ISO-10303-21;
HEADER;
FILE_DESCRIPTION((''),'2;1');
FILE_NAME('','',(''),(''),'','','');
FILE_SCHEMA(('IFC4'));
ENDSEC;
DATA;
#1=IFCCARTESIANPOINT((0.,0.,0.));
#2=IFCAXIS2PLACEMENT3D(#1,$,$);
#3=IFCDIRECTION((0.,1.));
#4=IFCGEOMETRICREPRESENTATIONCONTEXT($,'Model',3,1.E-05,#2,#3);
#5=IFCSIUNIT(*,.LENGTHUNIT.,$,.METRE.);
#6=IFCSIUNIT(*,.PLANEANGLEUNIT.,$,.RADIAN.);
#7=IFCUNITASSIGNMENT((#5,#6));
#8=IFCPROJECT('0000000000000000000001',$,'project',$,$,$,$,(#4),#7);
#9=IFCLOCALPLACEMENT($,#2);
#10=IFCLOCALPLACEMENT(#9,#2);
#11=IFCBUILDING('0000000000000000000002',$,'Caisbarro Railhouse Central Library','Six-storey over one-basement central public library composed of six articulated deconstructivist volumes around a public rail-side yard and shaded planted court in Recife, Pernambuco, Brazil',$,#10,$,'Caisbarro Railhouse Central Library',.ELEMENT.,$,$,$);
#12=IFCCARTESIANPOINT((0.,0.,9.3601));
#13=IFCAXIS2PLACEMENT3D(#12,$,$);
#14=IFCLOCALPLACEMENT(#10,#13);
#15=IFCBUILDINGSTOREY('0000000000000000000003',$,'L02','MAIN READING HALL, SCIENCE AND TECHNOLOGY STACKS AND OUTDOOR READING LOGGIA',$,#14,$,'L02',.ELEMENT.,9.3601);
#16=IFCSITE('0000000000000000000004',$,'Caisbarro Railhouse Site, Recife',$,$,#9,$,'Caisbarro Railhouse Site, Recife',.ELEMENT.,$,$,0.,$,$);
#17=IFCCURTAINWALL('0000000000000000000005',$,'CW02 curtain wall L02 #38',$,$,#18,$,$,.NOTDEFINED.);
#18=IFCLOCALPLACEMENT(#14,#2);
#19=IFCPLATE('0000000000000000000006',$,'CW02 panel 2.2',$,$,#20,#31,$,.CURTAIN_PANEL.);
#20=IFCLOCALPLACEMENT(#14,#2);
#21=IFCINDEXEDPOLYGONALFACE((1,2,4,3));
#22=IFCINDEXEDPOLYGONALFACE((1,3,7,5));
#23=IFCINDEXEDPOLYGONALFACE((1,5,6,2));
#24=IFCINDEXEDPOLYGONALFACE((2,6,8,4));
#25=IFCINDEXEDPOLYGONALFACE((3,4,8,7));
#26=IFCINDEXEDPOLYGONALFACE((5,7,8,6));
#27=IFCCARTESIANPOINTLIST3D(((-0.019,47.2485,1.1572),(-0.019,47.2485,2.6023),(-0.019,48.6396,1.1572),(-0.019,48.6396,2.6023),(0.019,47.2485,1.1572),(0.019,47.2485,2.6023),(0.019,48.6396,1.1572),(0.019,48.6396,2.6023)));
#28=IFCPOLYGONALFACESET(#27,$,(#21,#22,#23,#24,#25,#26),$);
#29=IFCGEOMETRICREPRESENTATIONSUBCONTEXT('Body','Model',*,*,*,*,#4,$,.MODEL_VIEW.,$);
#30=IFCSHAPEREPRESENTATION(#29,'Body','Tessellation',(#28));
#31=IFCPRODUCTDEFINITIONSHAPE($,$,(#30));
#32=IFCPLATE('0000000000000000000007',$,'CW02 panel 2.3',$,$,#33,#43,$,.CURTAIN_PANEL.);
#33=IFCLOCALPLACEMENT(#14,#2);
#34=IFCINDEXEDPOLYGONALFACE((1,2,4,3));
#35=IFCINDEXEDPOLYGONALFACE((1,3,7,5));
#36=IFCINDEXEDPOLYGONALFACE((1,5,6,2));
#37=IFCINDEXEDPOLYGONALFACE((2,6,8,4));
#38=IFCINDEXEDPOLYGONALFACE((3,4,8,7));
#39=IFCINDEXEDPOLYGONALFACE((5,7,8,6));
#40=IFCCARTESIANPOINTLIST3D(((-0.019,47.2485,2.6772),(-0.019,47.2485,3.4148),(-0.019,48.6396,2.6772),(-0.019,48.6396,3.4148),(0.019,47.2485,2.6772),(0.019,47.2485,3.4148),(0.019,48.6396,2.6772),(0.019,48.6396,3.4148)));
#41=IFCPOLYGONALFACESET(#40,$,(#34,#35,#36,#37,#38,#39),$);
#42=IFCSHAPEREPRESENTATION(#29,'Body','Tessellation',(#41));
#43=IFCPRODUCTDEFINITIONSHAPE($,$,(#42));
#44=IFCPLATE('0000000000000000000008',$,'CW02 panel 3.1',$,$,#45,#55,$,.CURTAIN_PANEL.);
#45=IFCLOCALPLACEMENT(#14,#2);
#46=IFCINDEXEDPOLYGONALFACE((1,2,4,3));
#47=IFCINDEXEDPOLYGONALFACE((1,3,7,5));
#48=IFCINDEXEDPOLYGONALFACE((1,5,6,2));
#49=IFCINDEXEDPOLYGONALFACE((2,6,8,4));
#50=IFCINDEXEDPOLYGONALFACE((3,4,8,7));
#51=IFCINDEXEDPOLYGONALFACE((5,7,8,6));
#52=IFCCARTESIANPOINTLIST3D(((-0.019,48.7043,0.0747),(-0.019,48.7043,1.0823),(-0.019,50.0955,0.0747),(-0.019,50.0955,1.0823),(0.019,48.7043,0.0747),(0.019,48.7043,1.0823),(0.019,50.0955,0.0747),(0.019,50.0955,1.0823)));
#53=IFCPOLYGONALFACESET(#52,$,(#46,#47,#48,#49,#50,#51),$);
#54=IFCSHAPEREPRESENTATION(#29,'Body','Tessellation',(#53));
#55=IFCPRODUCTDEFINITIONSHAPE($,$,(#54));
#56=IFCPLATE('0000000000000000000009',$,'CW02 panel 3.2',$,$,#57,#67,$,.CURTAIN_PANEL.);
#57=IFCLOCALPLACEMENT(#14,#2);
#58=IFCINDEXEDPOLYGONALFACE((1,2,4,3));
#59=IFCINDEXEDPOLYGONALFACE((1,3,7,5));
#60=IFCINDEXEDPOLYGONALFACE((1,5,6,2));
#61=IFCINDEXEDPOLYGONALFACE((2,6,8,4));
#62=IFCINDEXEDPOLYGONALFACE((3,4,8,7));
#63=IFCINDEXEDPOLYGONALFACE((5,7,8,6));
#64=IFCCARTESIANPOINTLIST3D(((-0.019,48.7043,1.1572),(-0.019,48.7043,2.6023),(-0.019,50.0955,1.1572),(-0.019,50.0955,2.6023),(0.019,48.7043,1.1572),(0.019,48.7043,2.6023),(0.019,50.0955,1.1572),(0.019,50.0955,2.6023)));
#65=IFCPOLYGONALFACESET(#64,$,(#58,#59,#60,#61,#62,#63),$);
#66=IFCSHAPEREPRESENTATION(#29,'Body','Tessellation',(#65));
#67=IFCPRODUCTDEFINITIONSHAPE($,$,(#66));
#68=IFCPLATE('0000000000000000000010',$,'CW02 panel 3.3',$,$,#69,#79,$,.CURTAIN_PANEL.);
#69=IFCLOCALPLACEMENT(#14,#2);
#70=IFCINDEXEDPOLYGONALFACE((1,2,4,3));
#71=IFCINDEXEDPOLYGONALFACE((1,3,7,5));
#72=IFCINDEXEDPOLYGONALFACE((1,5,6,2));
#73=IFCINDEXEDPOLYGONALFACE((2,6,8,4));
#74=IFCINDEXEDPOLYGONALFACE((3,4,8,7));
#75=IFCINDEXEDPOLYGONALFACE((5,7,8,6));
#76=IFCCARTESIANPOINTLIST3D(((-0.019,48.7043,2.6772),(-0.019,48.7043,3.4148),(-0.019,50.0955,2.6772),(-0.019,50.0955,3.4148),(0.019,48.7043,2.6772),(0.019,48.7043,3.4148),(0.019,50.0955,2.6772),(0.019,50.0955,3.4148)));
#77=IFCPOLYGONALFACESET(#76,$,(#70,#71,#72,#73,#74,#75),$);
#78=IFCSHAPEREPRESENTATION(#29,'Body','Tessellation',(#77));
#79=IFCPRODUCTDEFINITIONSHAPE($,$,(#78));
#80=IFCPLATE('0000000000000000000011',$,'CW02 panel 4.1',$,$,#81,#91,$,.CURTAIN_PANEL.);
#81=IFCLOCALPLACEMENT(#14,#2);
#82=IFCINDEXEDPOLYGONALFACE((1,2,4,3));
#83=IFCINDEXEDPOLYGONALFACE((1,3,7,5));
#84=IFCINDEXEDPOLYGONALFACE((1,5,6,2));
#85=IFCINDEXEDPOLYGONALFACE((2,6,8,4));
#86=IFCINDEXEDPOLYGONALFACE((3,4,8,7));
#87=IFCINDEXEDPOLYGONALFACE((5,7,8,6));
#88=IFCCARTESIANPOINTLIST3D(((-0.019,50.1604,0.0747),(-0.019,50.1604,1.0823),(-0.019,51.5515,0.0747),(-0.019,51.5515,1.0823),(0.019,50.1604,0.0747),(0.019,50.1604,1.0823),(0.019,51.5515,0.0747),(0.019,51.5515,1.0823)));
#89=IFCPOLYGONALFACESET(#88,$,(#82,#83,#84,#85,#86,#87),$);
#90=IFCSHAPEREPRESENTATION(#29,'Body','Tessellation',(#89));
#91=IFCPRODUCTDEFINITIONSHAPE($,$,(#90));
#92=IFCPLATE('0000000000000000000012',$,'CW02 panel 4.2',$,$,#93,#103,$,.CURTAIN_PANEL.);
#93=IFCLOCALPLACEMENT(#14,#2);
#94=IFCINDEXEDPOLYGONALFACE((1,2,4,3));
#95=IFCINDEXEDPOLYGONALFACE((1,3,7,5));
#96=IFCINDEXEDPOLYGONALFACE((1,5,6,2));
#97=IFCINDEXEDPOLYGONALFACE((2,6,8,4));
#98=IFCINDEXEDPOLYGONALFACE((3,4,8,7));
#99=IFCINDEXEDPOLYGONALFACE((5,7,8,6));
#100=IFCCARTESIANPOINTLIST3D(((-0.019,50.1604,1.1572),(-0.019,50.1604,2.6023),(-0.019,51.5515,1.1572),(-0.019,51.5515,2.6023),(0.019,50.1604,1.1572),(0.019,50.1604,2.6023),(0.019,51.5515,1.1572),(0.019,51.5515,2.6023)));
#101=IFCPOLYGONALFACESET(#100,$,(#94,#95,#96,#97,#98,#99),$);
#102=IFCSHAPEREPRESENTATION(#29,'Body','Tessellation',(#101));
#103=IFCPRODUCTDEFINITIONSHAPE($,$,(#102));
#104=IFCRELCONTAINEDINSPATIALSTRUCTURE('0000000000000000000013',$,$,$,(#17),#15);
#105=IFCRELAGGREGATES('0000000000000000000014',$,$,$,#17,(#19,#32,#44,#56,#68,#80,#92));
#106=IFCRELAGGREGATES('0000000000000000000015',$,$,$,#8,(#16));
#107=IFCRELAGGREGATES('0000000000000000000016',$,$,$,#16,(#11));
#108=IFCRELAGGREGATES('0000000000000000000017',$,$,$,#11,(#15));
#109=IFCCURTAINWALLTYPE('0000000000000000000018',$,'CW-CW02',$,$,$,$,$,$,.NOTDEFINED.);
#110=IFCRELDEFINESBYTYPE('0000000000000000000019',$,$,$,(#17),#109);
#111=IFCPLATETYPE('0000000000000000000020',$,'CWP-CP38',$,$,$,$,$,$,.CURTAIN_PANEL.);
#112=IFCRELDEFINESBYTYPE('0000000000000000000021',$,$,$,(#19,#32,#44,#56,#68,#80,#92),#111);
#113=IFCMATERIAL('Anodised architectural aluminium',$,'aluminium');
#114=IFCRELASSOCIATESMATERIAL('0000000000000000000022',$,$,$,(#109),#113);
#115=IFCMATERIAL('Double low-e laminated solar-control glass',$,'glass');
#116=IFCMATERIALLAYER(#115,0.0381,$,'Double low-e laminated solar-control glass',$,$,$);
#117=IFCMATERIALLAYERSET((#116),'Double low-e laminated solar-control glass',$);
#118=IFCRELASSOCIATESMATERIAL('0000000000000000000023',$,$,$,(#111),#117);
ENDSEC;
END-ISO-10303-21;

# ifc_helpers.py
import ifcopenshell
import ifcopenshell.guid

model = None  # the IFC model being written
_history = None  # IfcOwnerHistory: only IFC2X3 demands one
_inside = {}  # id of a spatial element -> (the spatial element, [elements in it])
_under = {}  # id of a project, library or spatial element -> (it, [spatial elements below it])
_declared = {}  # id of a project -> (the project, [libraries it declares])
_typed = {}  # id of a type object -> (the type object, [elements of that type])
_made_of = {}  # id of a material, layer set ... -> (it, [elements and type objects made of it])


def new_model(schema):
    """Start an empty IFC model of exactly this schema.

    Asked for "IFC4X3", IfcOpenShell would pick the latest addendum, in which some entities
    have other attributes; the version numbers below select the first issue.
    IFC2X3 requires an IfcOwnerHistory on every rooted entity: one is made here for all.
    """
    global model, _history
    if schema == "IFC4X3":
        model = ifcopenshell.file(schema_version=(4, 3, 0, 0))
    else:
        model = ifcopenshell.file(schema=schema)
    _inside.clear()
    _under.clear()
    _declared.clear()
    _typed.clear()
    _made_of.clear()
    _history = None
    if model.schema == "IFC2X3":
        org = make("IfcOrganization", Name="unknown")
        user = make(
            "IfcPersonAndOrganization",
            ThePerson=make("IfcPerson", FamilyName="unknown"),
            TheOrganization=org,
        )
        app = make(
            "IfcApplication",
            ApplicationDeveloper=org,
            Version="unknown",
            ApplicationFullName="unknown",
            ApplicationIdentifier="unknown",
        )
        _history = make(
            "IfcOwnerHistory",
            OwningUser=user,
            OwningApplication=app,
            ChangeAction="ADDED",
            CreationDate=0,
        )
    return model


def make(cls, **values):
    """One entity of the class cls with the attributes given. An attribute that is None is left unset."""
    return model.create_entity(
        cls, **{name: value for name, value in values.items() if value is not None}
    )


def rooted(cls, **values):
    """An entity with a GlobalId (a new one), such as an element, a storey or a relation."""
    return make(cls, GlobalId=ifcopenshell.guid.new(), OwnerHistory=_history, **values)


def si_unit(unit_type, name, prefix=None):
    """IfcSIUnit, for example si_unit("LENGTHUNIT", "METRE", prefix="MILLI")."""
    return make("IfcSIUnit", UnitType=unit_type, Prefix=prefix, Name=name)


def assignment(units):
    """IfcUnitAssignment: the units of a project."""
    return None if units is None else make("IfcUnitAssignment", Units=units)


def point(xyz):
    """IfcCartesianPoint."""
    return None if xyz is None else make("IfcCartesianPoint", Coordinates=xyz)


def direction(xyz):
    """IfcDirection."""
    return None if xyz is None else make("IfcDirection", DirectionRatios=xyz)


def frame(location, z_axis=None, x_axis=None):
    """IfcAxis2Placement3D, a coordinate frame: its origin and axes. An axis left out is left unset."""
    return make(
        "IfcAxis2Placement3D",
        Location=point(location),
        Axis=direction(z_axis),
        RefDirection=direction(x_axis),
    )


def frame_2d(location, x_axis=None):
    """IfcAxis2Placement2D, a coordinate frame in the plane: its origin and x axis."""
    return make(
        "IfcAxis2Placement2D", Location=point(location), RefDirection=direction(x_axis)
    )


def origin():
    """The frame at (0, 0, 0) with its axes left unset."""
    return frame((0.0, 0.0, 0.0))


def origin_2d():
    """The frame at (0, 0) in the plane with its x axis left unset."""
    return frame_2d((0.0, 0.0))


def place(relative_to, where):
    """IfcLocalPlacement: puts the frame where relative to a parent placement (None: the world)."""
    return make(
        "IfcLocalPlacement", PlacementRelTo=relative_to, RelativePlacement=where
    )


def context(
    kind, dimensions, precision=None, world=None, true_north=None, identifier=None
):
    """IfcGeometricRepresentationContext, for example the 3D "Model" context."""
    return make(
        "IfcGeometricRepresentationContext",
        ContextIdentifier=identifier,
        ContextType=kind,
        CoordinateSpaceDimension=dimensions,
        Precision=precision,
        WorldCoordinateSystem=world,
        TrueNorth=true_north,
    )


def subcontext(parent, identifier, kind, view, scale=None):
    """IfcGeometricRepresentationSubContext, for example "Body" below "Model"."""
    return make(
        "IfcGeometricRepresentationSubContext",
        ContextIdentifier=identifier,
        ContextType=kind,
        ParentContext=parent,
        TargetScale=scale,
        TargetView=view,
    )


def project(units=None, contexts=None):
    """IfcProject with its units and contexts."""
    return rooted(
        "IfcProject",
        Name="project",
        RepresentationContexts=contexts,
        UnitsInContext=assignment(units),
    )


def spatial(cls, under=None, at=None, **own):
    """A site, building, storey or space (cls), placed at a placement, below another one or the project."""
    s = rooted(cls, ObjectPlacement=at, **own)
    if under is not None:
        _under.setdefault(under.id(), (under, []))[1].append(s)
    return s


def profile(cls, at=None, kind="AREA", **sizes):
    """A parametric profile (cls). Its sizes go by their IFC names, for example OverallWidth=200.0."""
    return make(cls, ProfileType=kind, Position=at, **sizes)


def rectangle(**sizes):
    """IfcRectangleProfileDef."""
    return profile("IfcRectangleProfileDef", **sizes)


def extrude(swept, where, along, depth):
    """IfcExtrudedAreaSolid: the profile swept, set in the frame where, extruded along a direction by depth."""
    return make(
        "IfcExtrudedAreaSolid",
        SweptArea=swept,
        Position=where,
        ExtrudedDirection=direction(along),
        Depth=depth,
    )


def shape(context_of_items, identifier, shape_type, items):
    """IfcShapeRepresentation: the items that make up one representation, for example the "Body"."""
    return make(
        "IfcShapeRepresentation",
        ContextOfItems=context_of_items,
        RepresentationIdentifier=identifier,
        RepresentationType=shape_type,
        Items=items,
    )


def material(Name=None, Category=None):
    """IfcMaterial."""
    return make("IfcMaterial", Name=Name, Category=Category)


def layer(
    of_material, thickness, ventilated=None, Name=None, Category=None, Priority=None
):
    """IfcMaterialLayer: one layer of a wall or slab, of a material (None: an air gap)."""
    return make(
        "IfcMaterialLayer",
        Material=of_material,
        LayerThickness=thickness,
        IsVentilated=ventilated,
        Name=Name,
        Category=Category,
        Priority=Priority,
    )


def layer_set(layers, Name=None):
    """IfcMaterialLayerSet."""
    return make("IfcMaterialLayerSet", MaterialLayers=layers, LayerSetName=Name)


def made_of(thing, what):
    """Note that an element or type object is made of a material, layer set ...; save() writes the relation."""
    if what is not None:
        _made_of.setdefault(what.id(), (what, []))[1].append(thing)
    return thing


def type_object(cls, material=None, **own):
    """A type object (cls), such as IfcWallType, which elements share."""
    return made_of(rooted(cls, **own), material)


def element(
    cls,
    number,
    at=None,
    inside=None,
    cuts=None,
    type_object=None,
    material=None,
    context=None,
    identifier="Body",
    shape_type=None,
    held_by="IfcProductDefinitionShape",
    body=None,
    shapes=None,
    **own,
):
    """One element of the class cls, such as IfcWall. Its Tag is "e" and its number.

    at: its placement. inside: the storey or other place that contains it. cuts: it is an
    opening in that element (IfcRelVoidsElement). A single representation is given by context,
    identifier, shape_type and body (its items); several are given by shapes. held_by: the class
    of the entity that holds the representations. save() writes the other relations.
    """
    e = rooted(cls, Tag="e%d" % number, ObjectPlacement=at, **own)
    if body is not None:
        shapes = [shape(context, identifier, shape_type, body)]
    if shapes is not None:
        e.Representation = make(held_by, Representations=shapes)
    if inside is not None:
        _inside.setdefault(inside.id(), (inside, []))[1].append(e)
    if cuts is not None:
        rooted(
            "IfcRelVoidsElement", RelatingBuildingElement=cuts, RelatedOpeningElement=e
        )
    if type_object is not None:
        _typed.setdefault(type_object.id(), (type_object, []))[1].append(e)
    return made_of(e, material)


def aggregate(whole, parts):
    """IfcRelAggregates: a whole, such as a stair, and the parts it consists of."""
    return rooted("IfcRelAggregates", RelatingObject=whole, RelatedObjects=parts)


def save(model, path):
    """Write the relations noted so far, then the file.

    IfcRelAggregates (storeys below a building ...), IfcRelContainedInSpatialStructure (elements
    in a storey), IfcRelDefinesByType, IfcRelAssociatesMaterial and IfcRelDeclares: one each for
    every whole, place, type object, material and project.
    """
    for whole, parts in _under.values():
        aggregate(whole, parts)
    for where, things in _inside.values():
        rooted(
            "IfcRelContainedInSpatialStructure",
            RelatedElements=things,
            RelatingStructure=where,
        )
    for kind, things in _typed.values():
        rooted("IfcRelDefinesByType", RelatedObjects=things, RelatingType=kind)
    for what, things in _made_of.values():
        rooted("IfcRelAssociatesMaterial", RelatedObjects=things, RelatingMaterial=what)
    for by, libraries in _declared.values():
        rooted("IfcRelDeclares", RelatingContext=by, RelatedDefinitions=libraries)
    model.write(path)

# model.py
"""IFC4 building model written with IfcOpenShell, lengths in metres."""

from ifc_helpers import new_model, si_unit, direction, frame, origin, origin_2d, place, context, subcontext, project, spatial, rectangle, extrude, material, layer, layer_set, type_object, element, aggregate, save


model = new_model("IFC4")

# Units and contexts
model_context = context("Model", 3, precision=1e-05, world=origin(), true_north=direction((0.0, 1.0)))
body_context = subcontext(model_context, "Body", "Model", "MODEL_VIEW")
ifc_project = project(units=[si_unit("LENGTHUNIT", "METRE"), si_unit("PLANEANGLEUNIT", "RADIAN")], contexts=[model_context])

# Site, building, storey
site_placement = place(None, origin())
site = spatial("IfcSite", under=ifc_project, at=site_placement, Name="Caisbarro Railhouse Site, Recife", LongName="Caisbarro Railhouse Site, Recife", CompositionType="ELEMENT", RefElevation=0.0)
building_placement = place(site_placement, origin())
building = spatial("IfcBuilding", under=site, at=building_placement, Name="Caisbarro Railhouse Central Library", Description="Six-storey over one-basement central public library composed of six articulated deconstructivist volumes around a public rail-side yard and shaded planted court in Recife, Pernambuco, Brazil", LongName="Caisbarro Railhouse Central Library", CompositionType="ELEMENT")
storey_placement = place(building_placement, frame((0.0, 0.0, 9.3601)))
storey = spatial("IfcBuildingStorey", under=building, at=storey_placement, Name="L02", Description="MAIN READING HALL, SCIENCE AND TECHNOLOGY STACKS AND OUTDOOR READING LOGGIA", LongName="L02", CompositionType="ELEMENT", Elevation=9.3601)

# Curtain wall, plates
ifc_material_1 = material(Name="Anodised architectural aluminium", Category="aluminium")
curtain_wall_type = type_object("IfcCurtainWallType", Name="CW-CW02", PredefinedType="NOTDEFINED", material=ifc_material_1)
curtain_wall_placement = place(storey_placement, origin())
curtain_wall = element("IfcCurtainWall", 1, at=curtain_wall_placement, inside=storey, type_object=curtain_wall_type, Name="CW02 curtain wall L02 #38", PredefinedType="NOTDEFINED")
ifc_material_2 = material(Name="Double low-e laminated solar-control glass", Category="glass")
ifc_layer = layer(ifc_material_2, 0.0381, Name="Double low-e laminated solar-control glass")
ifc_layer_set = layer_set([ifc_layer], Name="Double low-e laminated solar-control glass")
plate_type = type_object("IfcPlateType", Name="CWP-CP38", PredefinedType="CURTAIN_PANEL", material=ifc_layer_set)
plate_1_placement = place(storey_placement, frame((0.0, 47.9441, 1.1572), z_axis=(0.0, 0.0, 1.0), x_axis=(0.0, 1.0, 0.0)))
plate_1 = element("IfcPlate", 2, at=plate_1_placement, type_object=plate_type, Name="CW02 panel 2.2", PredefinedType="CURTAIN_PANEL", context=body_context, shape_type="SweptSolid", body=[
    extrude(rectangle(XDim=1.3911, YDim=0.0381, at=origin_2d()), origin(), (0.0, 0.0, 1.0), 1.4451),
])
plate_2_placement = place(storey_placement, frame((0.0, 47.9441, 2.6772), z_axis=(0.0, 0.0, 1.0), x_axis=(0.0, 1.0, 0.0)))
plate_2 = element("IfcPlate", 3, at=plate_2_placement, type_object=plate_type, Name="CW02 panel 2.3", PredefinedType="CURTAIN_PANEL", context=body_context, shape_type="SweptSolid", body=[
    extrude(rectangle(XDim=1.3911, YDim=0.0381, at=origin_2d()), origin(), (0.0, 0.0, 1.0), 0.7375),
])
plate_3_placement = place(storey_placement, frame((0.0, 49.3999, 0.0747), z_axis=(0.0, 0.0, 1.0), x_axis=(0.0, 1.0, 0.0)))
plate_3 = element("IfcPlate", 4, at=plate_3_placement, type_object=plate_type, Name="CW02 panel 3.1", PredefinedType="CURTAIN_PANEL", context=body_context, shape_type="SweptSolid", body=[
    extrude(rectangle(XDim=1.3911, YDim=0.0381, at=origin_2d()), origin(), (0.0, 0.0, 1.0), 1.0076),
])
plate_4_placement = place(storey_placement, frame((0.0, 49.3999, 1.1572), z_axis=(0.0, 0.0, 1.0), x_axis=(0.0, 1.0, 0.0)))
plate_4 = element("IfcPlate", 5, at=plate_4_placement, type_object=plate_type, Name="CW02 panel 3.2", PredefinedType="CURTAIN_PANEL", context=body_context, shape_type="SweptSolid", body=[
    extrude(rectangle(XDim=1.3911, YDim=0.0381, at=origin_2d()), origin(), (0.0, 0.0, 1.0), 1.4451),
])
plate_5_placement = place(storey_placement, frame((0.0, 49.3999, 2.6772), z_axis=(0.0, 0.0, 1.0), x_axis=(0.0, 1.0, 0.0)))
plate_5 = element("IfcPlate", 6, at=plate_5_placement, type_object=plate_type, Name="CW02 panel 3.3", PredefinedType="CURTAIN_PANEL", context=body_context, shape_type="SweptSolid", body=[
    extrude(rectangle(XDim=1.3911, YDim=0.0381, at=origin_2d()), origin(), (0.0, 0.0, 1.0), 0.7375),
])
plate_6_placement = place(storey_placement, frame((0.0, 50.856, 0.0747), z_axis=(0.0, 0.0, 1.0), x_axis=(0.0, 1.0, 0.0)))
plate_6 = element("IfcPlate", 7, at=plate_6_placement, type_object=plate_type, Name="CW02 panel 4.1", PredefinedType="CURTAIN_PANEL", context=body_context, shape_type="SweptSolid", body=[
    extrude(rectangle(XDim=1.3911, YDim=0.0381, at=origin_2d()), origin(), (0.0, 0.0, 1.0), 1.0076),
])
plate_7_placement = place(storey_placement, frame((0.0, 50.856, 1.1572), z_axis=(0.0, 0.0, 1.0), x_axis=(0.0, 1.0, 0.0)))
plate_7 = element("IfcPlate", 8, at=plate_7_placement, type_object=plate_type, Name="CW02 panel 4.2", PredefinedType="CURTAIN_PANEL", context=body_context, shape_type="SweptSolid", body=[
    extrude(rectangle(XDim=1.3911, YDim=0.0381, at=origin_2d()), origin(), (0.0, 0.0, 1.0), 1.4451),
])
aggregate(curtain_wall, [plate_1, plate_2, plate_3, plate_4, plate_5, plate_6, plate_7])

save(model, "model.ifc")
